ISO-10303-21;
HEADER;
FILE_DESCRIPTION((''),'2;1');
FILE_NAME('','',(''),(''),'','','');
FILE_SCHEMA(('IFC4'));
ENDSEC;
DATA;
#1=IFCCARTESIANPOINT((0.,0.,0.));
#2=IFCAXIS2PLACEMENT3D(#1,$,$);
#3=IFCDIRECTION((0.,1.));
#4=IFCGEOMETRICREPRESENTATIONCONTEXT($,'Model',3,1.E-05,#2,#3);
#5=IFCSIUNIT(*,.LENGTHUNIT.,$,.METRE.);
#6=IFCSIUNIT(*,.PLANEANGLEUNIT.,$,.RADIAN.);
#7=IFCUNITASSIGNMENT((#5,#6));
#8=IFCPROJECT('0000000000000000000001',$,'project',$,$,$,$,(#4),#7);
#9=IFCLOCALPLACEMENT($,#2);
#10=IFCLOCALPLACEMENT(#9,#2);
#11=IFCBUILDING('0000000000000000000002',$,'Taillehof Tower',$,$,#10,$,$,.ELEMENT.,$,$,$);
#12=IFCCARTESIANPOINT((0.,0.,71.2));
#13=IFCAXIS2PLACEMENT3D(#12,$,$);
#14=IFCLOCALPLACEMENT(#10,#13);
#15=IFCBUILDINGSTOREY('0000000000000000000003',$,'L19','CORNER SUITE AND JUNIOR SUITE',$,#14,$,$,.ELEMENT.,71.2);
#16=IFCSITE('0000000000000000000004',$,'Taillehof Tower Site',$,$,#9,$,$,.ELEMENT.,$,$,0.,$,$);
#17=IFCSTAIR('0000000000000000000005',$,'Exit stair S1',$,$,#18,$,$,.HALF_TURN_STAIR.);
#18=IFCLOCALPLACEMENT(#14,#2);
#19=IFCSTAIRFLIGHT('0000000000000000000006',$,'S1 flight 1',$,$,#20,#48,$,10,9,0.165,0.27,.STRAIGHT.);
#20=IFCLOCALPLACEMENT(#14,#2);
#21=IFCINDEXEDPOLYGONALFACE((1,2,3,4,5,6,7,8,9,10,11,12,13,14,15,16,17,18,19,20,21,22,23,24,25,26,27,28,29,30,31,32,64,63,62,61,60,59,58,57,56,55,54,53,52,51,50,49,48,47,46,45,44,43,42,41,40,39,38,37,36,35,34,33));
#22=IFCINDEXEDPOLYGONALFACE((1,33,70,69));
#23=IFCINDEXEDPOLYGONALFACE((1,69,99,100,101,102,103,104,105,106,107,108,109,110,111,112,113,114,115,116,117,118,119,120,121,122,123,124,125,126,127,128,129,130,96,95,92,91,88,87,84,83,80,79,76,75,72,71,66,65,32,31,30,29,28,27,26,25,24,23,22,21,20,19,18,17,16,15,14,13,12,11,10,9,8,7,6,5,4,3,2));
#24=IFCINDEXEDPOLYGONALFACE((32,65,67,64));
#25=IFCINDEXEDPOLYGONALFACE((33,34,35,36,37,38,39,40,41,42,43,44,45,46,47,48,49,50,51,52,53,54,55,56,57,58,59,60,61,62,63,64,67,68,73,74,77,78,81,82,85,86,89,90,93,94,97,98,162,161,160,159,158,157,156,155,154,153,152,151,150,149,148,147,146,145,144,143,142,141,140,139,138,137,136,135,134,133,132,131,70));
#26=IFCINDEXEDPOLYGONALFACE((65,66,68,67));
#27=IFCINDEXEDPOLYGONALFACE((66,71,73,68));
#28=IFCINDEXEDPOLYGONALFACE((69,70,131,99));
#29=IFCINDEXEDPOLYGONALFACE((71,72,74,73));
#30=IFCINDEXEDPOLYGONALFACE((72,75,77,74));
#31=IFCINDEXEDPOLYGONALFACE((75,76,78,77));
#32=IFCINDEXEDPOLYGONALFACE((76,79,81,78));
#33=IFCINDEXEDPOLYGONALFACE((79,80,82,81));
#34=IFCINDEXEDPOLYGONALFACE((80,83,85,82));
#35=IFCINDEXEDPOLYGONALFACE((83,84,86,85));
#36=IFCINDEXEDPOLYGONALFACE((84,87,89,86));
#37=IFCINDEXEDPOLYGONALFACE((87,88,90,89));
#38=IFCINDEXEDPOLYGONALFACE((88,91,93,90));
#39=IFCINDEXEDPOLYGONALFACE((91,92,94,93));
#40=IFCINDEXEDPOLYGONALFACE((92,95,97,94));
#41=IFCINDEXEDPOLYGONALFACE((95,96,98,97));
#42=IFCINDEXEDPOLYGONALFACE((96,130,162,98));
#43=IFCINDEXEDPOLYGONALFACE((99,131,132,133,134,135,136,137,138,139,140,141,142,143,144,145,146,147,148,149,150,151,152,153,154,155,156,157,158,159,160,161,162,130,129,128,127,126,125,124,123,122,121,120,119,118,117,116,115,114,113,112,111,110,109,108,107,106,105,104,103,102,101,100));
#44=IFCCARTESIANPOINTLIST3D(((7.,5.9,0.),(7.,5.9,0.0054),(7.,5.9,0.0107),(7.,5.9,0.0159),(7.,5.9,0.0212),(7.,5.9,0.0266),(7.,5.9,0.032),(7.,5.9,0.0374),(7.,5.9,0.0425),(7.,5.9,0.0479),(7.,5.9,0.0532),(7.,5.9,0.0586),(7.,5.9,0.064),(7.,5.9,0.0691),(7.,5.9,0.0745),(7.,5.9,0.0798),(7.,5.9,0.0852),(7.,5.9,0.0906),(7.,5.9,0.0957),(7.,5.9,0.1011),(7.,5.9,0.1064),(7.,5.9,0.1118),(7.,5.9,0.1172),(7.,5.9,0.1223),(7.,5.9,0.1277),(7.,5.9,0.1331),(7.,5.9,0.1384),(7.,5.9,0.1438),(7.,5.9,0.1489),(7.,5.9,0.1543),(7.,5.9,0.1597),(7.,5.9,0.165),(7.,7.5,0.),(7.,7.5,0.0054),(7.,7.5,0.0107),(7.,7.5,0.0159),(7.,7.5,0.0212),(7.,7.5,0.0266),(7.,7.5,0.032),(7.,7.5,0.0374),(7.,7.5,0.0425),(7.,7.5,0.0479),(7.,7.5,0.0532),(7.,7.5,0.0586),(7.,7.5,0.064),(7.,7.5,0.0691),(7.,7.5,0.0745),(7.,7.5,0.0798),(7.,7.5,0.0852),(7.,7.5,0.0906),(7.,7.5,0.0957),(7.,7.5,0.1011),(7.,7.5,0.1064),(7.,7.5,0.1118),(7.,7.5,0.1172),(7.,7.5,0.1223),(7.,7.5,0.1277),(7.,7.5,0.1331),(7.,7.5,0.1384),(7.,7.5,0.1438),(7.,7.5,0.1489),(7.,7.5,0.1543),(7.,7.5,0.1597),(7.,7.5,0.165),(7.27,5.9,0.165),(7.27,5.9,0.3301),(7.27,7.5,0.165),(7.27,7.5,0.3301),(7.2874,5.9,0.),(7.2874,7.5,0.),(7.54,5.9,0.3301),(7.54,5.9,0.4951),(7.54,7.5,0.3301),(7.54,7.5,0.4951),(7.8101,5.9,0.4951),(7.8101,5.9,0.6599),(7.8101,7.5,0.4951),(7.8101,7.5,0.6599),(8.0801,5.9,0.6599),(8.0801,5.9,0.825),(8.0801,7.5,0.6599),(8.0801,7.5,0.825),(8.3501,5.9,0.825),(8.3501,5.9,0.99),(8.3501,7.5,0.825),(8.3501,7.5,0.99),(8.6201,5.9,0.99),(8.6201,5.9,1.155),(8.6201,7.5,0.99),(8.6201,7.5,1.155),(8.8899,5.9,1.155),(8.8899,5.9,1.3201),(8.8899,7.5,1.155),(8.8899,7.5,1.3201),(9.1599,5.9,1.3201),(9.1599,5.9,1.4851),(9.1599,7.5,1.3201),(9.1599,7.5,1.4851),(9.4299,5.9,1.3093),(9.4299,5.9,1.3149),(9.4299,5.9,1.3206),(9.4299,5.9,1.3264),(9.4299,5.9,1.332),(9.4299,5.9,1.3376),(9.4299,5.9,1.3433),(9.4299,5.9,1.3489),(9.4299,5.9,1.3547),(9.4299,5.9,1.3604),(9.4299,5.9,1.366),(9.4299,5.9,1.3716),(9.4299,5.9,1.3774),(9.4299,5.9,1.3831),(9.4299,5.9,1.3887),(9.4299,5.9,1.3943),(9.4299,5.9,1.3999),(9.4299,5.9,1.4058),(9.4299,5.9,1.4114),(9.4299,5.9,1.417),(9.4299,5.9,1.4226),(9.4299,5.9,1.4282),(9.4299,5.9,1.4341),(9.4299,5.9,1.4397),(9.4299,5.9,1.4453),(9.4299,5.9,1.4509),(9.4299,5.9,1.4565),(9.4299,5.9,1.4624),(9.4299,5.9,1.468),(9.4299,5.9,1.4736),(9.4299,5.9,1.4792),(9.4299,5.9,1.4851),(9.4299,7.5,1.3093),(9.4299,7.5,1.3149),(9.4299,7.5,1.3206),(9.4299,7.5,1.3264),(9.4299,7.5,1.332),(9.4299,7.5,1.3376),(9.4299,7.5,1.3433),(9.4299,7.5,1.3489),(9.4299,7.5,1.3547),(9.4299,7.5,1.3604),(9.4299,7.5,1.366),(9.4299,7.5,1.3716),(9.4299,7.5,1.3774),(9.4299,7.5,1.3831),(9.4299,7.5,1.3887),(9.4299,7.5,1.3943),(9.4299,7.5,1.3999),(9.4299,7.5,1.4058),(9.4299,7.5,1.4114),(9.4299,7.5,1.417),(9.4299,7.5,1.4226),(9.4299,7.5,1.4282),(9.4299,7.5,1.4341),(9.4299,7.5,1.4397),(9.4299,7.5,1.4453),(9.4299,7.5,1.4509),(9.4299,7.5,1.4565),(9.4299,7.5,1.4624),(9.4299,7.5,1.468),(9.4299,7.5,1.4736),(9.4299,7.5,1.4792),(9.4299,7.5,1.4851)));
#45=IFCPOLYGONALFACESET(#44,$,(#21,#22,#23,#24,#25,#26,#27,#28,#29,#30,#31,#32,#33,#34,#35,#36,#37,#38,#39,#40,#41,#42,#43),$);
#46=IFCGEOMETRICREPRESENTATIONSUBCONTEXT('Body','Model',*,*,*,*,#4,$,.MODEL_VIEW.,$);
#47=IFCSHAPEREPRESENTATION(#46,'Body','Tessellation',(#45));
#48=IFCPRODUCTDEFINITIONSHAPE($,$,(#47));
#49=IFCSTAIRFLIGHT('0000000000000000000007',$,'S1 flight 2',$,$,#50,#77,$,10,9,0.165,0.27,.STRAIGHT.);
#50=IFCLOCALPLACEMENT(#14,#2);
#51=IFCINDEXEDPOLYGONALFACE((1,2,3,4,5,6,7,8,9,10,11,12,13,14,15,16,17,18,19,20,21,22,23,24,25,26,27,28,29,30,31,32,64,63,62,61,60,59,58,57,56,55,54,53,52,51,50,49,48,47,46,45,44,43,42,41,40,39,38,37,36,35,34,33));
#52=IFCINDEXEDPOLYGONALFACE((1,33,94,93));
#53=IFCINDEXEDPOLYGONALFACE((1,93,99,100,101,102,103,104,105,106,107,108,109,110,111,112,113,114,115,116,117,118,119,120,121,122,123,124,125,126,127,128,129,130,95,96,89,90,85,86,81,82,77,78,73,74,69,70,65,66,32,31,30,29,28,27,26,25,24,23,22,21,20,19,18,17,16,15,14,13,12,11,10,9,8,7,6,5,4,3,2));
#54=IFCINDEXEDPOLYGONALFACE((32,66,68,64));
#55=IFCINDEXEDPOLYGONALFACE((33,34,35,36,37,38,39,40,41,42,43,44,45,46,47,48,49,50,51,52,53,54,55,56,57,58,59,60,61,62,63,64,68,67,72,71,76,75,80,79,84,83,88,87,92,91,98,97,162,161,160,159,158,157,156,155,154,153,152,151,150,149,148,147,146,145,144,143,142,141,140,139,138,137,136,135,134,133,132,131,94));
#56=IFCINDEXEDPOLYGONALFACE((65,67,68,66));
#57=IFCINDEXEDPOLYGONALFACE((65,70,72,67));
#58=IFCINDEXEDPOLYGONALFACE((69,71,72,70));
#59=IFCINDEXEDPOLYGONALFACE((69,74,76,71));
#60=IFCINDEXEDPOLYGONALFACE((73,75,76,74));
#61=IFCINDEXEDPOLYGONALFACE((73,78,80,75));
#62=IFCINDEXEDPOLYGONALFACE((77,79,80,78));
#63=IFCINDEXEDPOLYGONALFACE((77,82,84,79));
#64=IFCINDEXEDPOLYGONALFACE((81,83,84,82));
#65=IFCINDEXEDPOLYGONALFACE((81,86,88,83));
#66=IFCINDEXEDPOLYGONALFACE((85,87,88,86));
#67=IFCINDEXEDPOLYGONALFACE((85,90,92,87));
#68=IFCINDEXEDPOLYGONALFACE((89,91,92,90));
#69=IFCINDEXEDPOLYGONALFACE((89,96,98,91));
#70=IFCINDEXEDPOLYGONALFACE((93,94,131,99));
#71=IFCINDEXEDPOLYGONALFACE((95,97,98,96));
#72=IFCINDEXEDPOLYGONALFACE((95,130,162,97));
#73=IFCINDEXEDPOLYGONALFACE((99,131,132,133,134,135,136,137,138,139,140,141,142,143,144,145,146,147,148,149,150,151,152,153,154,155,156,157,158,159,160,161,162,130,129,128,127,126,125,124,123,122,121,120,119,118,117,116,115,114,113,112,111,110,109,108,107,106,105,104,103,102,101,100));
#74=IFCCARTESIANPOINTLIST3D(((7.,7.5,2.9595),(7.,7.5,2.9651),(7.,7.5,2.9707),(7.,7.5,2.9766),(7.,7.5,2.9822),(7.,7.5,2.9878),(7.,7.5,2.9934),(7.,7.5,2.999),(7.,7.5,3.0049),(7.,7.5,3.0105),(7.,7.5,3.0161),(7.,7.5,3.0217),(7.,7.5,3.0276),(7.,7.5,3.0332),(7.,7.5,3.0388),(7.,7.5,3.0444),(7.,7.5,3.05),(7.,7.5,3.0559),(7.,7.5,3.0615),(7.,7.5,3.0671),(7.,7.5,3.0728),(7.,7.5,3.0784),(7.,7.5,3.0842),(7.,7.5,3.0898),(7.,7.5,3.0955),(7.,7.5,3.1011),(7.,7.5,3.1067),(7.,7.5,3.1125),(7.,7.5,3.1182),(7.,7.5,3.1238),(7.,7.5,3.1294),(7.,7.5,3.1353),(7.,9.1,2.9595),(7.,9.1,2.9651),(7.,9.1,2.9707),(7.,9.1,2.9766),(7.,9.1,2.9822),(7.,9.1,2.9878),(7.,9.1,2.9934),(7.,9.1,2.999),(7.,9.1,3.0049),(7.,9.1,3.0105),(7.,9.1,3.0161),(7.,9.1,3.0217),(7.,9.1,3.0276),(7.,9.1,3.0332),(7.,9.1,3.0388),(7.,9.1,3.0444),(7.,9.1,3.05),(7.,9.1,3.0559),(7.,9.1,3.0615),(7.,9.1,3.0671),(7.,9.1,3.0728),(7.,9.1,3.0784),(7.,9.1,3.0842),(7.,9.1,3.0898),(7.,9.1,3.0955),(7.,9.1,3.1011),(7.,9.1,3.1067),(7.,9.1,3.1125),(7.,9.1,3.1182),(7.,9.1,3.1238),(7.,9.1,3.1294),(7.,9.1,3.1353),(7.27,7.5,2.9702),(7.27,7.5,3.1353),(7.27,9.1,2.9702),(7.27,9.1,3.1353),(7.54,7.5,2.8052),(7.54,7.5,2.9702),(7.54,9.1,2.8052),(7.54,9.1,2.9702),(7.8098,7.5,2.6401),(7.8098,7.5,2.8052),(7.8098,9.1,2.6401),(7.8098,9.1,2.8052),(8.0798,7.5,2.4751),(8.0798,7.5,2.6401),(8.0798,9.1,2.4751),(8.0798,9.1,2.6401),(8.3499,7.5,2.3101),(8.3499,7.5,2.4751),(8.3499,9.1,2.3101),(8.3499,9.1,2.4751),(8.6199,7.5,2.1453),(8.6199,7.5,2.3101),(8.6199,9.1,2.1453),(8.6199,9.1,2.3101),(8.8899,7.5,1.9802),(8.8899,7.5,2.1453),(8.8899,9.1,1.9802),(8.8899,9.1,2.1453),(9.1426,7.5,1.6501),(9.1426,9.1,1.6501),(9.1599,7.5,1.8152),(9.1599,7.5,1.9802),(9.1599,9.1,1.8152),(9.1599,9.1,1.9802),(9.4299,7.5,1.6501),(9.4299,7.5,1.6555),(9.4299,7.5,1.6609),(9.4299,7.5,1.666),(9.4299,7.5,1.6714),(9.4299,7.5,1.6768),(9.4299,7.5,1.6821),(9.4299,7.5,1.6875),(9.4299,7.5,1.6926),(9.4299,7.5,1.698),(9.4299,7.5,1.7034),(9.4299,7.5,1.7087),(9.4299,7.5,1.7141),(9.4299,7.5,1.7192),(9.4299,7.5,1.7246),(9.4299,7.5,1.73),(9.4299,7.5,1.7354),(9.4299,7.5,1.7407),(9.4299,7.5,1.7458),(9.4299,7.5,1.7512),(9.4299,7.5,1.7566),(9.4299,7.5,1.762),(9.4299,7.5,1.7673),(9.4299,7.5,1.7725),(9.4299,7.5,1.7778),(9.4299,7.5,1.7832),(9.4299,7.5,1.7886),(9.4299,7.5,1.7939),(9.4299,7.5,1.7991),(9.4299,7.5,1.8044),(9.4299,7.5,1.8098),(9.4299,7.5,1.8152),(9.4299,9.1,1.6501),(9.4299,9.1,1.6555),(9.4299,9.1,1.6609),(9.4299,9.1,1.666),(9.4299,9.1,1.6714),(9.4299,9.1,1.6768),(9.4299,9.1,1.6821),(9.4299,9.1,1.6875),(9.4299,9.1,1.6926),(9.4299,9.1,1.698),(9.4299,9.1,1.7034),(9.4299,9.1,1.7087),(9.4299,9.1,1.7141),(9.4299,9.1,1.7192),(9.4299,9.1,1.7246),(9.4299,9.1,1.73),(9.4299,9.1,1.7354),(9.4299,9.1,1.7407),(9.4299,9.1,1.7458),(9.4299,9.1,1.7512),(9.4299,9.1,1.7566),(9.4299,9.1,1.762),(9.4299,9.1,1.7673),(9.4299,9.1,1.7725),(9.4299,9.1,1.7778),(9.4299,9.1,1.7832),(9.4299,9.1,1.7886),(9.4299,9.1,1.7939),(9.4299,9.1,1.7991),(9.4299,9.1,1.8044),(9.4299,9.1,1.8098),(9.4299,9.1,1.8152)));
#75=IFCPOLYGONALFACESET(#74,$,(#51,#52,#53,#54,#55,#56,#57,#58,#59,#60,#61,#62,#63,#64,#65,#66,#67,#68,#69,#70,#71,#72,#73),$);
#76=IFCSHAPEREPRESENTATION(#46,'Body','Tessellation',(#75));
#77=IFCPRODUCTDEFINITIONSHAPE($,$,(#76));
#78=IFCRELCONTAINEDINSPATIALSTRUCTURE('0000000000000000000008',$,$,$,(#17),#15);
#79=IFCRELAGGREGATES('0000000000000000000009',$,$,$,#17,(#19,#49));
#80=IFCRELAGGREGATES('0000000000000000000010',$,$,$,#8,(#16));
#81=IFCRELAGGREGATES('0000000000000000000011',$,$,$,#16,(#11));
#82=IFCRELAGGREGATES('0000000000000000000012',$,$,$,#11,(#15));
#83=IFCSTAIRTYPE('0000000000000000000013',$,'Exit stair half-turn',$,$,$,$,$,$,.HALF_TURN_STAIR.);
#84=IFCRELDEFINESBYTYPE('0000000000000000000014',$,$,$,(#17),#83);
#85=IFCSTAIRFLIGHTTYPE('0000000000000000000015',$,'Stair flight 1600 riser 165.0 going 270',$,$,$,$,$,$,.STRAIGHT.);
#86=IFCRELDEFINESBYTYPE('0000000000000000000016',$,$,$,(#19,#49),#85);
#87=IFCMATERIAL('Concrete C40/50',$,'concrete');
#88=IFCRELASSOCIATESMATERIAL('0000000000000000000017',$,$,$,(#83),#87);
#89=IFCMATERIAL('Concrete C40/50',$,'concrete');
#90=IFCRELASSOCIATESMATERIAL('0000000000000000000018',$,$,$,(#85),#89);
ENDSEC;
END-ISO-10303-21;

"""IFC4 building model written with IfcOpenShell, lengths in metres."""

from ifc_helpers import new_model, si_unit, direction, frame, origin, place, context, subcontext, project, spatial, polyline, outline, extrude, material, type_object, element, aggregate, save


model = new_model("IFC4")

# Units and contexts
model_context = context("Model", 3, precision=1e-05, world=origin(), true_north=direction((0.0, 1.0)))
body_context = subcontext(model_context, "Body", "Model", "MODEL_VIEW")
ifc_project = project(units=[si_unit("LENGTHUNIT", "METRE"), si_unit("PLANEANGLEUNIT", "RADIAN")], contexts=[model_context])

# Site, building, storey
site_placement = place(None, origin())
site = spatial("IfcSite", under=ifc_project, at=site_placement, Name="Taillehof Tower Site", CompositionType="ELEMENT", RefElevation=0.0)
building_placement = place(site_placement, origin())
building = spatial("IfcBuilding", under=site, at=building_placement, Name="Taillehof Tower", CompositionType="ELEMENT")
storey_placement = place(building_placement, frame((0.0, 0.0, 71.2)))
storey = spatial("IfcBuildingStorey", under=building, at=storey_placement, Name="L19", Description="CORNER SUITE AND JUNIOR SUITE", CompositionType="ELEMENT", Elevation=71.2)

# Stair
ifc_material_1 = material(Name="Concrete C40/50", Category="concrete")
stair_type = type_object("IfcStairType", Name="Exit stair half-turn", PredefinedType="HALF_TURN_STAIR", material=ifc_material_1)
stair_1_placement = place(storey_placement, origin())
stair_1 = element("IfcStair", 1, at=stair_1_placement, inside=storey, type_object=stair_type, Name="Exit stair S1", PredefinedType="HALF_TURN_STAIR")

# Stair flights
ifc_material_2 = material(Name="Concrete C40/50", Category="concrete")
stair_flight_type = type_object("IfcStairFlightType", Name="Stair flight 1600 riser 165.0 going 270", PredefinedType="STRAIGHT", material=ifc_material_2)
stair_flight_1_placement = place(storey_placement, frame((7.0, 6.7, 0.0), z_axis=(0.0, 0.0, 1.0), x_axis=(1.0, 0.0, 0.0)))
stair_flight_1 = element("IfcStairFlight", 2, at=stair_flight_1_placement, type_object=stair_flight_type, Name="S1 flight 1", NumberOfRisers=10, NumberOfTreads=9, PredefinedType="STRAIGHT", RiserHeight=0.165, TreadLength=0.27, context=body_context, shape_type="SweptSolid", body=[
    extrude(outline(polyline([(0.0, 0.0), (0.0, 0.0054), (0.0, 0.0107), (0.0, 0.0159), (0.0, 0.0212), (0.0, 0.0266), (0.0, 0.032), (0.0, 0.0374), (0.0, 0.0425), (0.0, 0.0479), (0.0, 0.0532), (0.0, 0.0586), (0.0, 0.064), (0.0, 0.0691), (0.0, 0.0745), (0.0, 0.0798), (0.0, 0.0852), (0.0, 0.0906), (0.0, 0.0957), (0.0, 0.1011), (0.0, 0.1064), (0.0, 0.1118), (0.0, 0.1172), (0.0, 0.1223), (0.0, 0.1277), (0.0, 0.1331), (0.0, 0.1384), (0.0, 0.1438), (0.0, 0.1489), (0.0, 0.1543), (0.0, 0.1597), (0.0, 0.165), (0.27, 0.165), (0.27, 0.3301), (0.54, 0.3301), (0.54, 0.4951), (0.8101, 0.4951), (0.8101, 0.6599), (1.0801, 0.6599), (1.0801, 0.825), (1.3501, 0.825), (1.3501, 0.99), (1.6201, 0.99), (1.6201, 1.155), (1.8899, 1.155), (1.8899, 1.3201), (2.1599, 1.3201), (2.1599, 1.4851), (2.4299, 1.4851), (2.4299, 1.4792), (2.4299, 1.4736), (2.4299, 1.468), (2.4299, 1.4624), (2.4299, 1.4565), (2.4299, 1.4509), (2.4299, 1.4453), (2.4299, 1.4397), (2.4299, 1.4341), (2.4299, 1.4282), (2.4299, 1.4226), (2.4299, 1.417), (2.4299, 1.4114), (2.4299, 1.4058), (2.4299, 1.3999), (2.4299, 1.3943), (2.4299, 1.3887), (2.4299, 1.3831), (2.4299, 1.3774), (2.4299, 1.3716), (2.4299, 1.366), (2.4299, 1.3604), (2.4299, 1.3547), (2.4299, 1.3489), (2.4299, 1.3433), (2.4299, 1.3376), (2.4299, 1.332), (2.4299, 1.3264), (2.4299, 1.3206), (2.4299, 1.3149), (2.4299, 1.3093), (0.2874, 0.0), (0.0, 0.0)])), frame((0.0, 0.8, 0.0), z_axis=(0.0, -1.0, 0.0), x_axis=(1.0, 0.0, 0.0)), (0.0, 0.0, 1.0), 1.6),
])
stair_flight_2_placement = place(storey_placement, frame((9.4299, 8.3, 1.6501), z_axis=(0.0, 0.0, 1.0), x_axis=(-1.0, 0.0, 0.0)))
stair_flight_2 = element("IfcStairFlight", 3, at=stair_flight_2_placement, type_object=stair_flight_type, Name="S1 flight 2", NumberOfRisers=10, NumberOfTreads=9, PredefinedType="STRAIGHT", RiserHeight=0.165, TreadLength=0.27, context=body_context, shape_type="SweptSolid", body=[
    extrude(outline(polyline([(0.0, 0.0), (0.0, 0.0054), (0.0, 0.0107), (0.0, 0.0159), (0.0, 0.0212), (0.0, 0.0266), (0.0, 0.032), (0.0, 0.0374), (0.0, 0.0425), (0.0, 0.0479), (0.0, 0.0532), (0.0, 0.0586), (0.0, 0.064), (0.0, 0.0691), (0.0, 0.0745), (0.0, 0.0798), (0.0, 0.0852), (0.0, 0.0906), (0.0, 0.0957), (0.0, 0.1011), (0.0, 0.1064), (0.0, 0.1118), (0.0, 0.1172), (0.0, 0.1223), (0.0, 0.1277), (0.0, 0.1331), (0.0, 0.1384), (0.0, 0.1438), (0.0, 0.1489), (0.0, 0.1543), (0.0, 0.1597), (0.0, 0.165), (0.27, 0.165), (0.27, 0.3301), (0.54, 0.3301), (0.54, 0.4951), (0.8101, 0.4951), (0.8101, 0.6599), (1.0801, 0.6599), (1.0801, 0.825), (1.3501, 0.825), (1.3501, 0.99), (1.6201, 0.99), (1.6201, 1.155), (1.8899, 1.155), (1.8899, 1.3201), (2.1599, 1.3201), (2.1599, 1.4851), (2.4299, 1.4851), (2.4299, 1.4792), (2.4299, 1.4736), (2.4299, 1.468), (2.4299, 1.4624), (2.4299, 1.4565), (2.4299, 1.4509), (2.4299, 1.4453), (2.4299, 1.4397), (2.4299, 1.4341), (2.4299, 1.4282), (2.4299, 1.4226), (2.4299, 1.417), (2.4299, 1.4114), (2.4299, 1.4058), (2.4299, 1.3999), (2.4299, 1.3943), (2.4299, 1.3887), (2.4299, 1.3831), (2.4299, 1.3774), (2.4299, 1.3716), (2.4299, 1.366), (2.4299, 1.3604), (2.4299, 1.3547), (2.4299, 1.3489), (2.4299, 1.3433), (2.4299, 1.3376), (2.4299, 1.332), (2.4299, 1.3264), (2.4299, 1.3206), (2.4299, 1.3149), (2.4299, 1.3093), (0.2874, 0.0), (0.0, 0.0)])), frame((0.0, 0.8, 0.0), z_axis=(0.0, -1.0, 0.0), x_axis=(1.0, 0.0, 0.0)), (0.0, 0.0, 1.0), 1.6),
])
aggregate(stair_1, [stair_flight_1, stair_flight_2])

save(model, "model.ifc")
